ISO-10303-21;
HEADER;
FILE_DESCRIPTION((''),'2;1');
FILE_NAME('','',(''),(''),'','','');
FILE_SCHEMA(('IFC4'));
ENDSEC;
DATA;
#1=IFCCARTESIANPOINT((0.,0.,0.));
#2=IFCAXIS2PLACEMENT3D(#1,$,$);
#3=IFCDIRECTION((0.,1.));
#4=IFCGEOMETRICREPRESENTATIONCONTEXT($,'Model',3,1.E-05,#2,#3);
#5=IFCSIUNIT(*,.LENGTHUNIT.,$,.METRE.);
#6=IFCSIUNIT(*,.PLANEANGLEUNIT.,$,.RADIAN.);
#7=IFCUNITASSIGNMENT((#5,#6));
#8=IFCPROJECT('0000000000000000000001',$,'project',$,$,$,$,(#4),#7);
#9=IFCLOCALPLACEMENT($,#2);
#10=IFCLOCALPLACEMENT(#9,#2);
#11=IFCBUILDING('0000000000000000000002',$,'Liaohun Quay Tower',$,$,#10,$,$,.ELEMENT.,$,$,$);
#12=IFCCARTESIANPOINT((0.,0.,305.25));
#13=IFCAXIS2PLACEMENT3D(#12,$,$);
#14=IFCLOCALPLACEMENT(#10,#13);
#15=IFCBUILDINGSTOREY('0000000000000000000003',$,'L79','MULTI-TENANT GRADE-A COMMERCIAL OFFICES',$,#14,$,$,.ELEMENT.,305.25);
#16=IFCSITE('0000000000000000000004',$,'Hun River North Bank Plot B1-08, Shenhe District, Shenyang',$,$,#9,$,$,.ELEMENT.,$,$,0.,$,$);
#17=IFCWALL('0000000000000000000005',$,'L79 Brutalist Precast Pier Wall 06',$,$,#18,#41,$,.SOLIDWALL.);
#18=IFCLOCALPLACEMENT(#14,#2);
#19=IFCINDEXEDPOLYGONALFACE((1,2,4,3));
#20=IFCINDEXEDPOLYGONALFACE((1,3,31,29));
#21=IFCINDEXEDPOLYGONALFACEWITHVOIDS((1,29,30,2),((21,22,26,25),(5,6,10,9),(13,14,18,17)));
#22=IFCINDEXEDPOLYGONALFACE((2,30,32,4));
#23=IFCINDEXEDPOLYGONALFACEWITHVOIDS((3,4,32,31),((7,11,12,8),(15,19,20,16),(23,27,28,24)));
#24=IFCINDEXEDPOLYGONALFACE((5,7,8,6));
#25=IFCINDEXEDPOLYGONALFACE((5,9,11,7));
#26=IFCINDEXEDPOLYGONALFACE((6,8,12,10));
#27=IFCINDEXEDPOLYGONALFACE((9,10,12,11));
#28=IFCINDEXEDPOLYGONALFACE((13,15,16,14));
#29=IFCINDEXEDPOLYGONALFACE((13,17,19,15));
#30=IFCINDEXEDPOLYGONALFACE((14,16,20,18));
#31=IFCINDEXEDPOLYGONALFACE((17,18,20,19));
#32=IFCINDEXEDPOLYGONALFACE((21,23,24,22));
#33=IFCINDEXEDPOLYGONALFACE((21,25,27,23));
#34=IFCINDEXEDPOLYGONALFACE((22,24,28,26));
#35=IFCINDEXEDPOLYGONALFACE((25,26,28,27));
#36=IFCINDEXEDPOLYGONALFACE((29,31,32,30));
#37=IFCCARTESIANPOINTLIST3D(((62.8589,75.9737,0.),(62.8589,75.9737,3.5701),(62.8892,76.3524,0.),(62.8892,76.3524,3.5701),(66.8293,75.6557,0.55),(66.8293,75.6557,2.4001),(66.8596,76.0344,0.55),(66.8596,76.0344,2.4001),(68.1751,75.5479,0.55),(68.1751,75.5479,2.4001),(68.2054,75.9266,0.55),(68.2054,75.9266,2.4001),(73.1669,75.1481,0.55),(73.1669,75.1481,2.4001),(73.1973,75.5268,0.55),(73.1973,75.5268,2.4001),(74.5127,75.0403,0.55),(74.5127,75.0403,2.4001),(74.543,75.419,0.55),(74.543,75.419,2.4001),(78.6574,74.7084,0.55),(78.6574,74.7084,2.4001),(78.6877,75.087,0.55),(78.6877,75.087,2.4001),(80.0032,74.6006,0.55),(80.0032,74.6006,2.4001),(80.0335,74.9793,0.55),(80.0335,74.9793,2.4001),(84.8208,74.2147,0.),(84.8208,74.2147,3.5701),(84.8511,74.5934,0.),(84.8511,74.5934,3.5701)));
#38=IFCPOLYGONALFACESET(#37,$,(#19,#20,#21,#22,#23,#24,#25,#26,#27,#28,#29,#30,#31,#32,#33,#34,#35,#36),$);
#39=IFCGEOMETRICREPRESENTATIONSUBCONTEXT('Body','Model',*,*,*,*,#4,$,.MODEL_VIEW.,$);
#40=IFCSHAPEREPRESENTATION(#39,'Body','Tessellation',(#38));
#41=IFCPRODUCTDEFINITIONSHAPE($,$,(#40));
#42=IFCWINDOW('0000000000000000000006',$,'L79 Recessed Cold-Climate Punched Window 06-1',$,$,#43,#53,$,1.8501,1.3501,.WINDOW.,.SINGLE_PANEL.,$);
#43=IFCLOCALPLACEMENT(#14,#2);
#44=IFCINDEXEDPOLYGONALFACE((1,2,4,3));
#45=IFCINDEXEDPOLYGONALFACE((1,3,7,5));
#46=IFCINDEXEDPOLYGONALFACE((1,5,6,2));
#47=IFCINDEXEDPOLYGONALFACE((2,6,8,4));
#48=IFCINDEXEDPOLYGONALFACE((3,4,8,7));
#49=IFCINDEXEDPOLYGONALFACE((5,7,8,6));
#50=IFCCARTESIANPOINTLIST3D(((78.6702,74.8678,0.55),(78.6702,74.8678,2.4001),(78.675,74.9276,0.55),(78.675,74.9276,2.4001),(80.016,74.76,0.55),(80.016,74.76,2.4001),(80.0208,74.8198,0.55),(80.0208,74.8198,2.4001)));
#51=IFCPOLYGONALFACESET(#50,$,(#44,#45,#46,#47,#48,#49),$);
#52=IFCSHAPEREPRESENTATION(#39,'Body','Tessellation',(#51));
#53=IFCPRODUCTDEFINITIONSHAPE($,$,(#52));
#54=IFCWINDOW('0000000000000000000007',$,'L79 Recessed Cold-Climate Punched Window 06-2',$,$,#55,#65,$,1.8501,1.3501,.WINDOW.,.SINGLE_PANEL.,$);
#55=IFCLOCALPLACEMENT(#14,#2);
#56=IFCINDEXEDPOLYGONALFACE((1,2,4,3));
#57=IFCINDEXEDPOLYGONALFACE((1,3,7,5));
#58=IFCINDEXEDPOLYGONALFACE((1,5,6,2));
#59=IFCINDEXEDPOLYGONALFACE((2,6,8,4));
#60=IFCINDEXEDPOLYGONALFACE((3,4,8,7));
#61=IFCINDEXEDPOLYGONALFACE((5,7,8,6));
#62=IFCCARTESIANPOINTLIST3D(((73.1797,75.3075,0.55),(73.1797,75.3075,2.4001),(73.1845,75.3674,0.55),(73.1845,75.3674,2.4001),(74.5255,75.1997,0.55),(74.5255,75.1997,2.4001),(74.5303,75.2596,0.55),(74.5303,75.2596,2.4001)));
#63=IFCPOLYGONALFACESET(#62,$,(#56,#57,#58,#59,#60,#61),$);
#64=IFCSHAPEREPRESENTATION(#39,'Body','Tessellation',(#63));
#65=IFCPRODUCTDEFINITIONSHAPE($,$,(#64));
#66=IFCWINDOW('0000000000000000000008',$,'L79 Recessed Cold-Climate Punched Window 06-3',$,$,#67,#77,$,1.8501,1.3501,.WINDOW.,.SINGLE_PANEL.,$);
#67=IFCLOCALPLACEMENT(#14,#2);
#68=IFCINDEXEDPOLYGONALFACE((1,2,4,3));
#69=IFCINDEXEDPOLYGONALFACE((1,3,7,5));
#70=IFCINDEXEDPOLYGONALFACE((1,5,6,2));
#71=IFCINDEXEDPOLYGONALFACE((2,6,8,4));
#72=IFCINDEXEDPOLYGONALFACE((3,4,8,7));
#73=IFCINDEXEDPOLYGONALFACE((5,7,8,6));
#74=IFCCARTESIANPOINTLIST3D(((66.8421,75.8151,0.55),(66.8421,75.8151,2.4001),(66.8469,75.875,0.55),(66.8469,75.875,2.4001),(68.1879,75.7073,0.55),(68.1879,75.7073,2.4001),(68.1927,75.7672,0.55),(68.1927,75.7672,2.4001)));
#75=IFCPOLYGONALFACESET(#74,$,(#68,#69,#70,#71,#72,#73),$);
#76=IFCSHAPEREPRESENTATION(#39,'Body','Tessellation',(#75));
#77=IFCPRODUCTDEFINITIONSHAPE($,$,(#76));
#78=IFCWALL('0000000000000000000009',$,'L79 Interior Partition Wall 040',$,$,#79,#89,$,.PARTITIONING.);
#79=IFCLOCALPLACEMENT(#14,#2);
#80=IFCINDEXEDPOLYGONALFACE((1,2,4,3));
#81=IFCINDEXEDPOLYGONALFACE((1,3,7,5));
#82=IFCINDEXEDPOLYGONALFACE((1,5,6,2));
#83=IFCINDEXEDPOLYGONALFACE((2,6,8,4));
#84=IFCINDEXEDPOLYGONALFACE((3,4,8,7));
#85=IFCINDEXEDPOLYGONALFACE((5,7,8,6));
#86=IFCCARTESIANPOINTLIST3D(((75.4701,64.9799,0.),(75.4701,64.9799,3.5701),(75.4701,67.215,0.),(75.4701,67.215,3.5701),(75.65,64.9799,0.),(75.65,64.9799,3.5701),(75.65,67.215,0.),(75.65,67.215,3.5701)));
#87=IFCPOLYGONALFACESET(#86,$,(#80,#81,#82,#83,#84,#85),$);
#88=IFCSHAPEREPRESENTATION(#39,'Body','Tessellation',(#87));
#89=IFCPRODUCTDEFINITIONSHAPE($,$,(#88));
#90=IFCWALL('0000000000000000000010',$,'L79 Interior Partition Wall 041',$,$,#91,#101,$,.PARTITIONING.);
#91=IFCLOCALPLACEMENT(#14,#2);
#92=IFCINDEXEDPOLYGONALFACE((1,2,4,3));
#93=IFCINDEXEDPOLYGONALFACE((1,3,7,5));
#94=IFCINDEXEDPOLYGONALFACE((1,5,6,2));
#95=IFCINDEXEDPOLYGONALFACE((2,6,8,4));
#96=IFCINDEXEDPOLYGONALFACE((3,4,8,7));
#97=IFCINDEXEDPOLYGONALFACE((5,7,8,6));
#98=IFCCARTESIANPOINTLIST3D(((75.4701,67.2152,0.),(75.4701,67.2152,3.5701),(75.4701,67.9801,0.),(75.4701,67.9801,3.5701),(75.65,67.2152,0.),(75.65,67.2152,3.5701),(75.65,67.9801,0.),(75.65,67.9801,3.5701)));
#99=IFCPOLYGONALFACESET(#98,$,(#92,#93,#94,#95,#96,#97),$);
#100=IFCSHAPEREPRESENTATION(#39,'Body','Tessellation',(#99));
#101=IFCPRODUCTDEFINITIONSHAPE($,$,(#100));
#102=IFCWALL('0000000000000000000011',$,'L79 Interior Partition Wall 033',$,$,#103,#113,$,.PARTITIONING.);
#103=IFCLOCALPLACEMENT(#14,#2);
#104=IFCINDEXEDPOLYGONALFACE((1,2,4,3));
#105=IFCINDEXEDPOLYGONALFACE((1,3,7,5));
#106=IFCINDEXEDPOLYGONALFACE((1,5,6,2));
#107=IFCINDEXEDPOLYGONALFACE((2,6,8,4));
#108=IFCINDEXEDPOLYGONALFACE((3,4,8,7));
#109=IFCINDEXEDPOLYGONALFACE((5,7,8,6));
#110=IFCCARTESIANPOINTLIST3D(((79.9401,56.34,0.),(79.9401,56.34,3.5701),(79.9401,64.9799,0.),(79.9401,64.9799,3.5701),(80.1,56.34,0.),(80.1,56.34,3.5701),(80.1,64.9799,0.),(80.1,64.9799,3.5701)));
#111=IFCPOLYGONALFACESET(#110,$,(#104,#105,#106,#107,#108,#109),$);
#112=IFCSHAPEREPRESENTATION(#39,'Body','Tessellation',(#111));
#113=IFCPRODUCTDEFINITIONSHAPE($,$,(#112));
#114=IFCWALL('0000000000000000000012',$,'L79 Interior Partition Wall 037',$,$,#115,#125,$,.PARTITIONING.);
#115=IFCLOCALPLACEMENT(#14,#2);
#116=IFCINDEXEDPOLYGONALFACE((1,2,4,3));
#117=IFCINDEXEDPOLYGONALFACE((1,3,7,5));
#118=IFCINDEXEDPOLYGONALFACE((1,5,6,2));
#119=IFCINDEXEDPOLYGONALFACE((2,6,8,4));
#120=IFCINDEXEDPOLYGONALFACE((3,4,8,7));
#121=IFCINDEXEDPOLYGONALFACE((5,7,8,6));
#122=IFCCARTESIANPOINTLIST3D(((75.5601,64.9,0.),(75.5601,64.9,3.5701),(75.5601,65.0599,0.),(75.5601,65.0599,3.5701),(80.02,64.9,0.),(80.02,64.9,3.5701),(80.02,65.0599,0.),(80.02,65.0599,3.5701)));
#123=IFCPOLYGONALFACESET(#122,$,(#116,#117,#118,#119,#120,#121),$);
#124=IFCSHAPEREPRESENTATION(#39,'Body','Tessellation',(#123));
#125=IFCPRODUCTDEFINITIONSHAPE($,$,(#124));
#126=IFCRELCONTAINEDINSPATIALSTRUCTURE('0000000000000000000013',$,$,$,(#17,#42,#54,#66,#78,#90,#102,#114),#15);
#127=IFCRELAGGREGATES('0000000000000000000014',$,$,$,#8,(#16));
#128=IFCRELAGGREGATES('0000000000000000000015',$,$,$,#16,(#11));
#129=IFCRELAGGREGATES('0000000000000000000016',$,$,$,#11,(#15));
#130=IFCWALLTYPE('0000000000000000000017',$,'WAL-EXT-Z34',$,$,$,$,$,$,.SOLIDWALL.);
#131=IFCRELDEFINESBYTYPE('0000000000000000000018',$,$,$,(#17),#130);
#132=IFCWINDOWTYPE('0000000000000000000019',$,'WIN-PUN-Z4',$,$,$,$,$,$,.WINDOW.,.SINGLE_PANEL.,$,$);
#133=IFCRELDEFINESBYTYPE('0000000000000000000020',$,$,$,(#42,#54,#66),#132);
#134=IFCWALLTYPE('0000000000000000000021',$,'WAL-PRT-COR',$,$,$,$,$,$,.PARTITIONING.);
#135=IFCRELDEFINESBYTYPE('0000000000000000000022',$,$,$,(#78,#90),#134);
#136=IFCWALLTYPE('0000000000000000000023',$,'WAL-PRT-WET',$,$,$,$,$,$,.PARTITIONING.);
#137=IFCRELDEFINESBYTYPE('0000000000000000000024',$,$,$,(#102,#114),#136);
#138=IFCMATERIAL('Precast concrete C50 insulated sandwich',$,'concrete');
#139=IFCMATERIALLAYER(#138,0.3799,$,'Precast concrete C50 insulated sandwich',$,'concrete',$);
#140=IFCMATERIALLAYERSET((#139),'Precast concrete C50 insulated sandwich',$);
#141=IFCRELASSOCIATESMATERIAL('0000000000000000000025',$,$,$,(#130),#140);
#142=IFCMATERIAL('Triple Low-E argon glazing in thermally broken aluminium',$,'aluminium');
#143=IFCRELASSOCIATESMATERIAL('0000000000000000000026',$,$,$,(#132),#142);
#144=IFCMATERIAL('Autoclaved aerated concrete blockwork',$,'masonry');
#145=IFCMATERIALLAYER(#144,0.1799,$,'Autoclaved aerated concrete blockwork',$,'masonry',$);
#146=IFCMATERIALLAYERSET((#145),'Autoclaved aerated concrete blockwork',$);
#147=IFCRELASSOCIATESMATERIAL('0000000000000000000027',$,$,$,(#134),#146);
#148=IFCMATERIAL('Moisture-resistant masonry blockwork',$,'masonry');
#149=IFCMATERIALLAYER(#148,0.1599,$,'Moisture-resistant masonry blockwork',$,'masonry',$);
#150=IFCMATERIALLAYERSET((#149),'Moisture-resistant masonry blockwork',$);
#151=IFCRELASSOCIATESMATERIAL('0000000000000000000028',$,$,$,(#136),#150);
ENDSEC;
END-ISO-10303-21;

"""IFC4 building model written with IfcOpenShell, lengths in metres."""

from ifc_helpers import new_model, si_unit, direction, frame, frame_2d, origin, place, context, subcontext, project, spatial, rectangle, extrude, source, transform, mapped, material, layer, layer_set, type_object, element, fill, save


model = new_model("IFC4")

# Units and contexts
model_context = context("Model", 3, precision=1e-05, world=origin(), true_north=direction((0.0, 1.0)))
body_context = subcontext(model_context, "Body", "Model", "MODEL_VIEW")
ifc_project = project(units=[si_unit("LENGTHUNIT", "METRE"), si_unit("PLANEANGLEUNIT", "RADIAN")], contexts=[model_context])

# Site, building, storey
site_placement = place(None, origin())
site = spatial("IfcSite", under=ifc_project, at=site_placement, Name="Hun River North Bank Plot B1-08, Shenhe District, Shenyang", CompositionType="ELEMENT", RefElevation=0.0)
building_placement = place(site_placement, origin())
building = spatial("IfcBuilding", under=site, at=building_placement, Name="Liaohun Quay Tower", CompositionType="ELEMENT")
storey_placement = place(building_placement, frame((0.0, 0.0, 305.25)))
storey = spatial("IfcBuildingStorey", under=building, at=storey_placement, Name="L79", Description="MULTI-TENANT GRADE-A COMMERCIAL OFFICES", CompositionType="ELEMENT", Elevation=305.25)

# Shared definitions
ifc_material_1 = material(Name="Precast concrete C50 insulated sandwich", Category="concrete")
ifc_layer_1 = layer(ifc_material_1, 0.3799, Name="Precast concrete C50 insulated sandwich", Category="concrete")
ifc_layer_set_1 = layer_set([ifc_layer_1], Name="Precast concrete C50 insulated sandwich")
wall_type_1 = type_object("IfcWallType", Name="WAL-EXT-Z34", PredefinedType="SOLIDWALL", material=ifc_layer_set_1)

# Wall, openings, windows
wall_1_placement = place(storey_placement, frame((84.8359, 74.4041, 0.0), z_axis=(0.0, 0.0, 1.0), x_axis=(-0.996808, 0.079839, 0.0)))
wall_1 = element("IfcWall", 1, at=wall_1_placement, inside=storey, type_object=wall_type_1, Name="L79 Brutalist Precast Pier Wall 06", PredefinedType="SOLIDWALL", context=body_context, shape_type="SweptSolid", body=[
    extrude(rectangle(XDim=22.0322, YDim=0.3799, at=frame_2d((11.0161, 0.0))), origin(), (0.0, 0.0, 1.0), 3.5701),
])
shared_shape_1 = source(origin(), body_context, "Body", "SweptSolid", [
    extrude(rectangle(XDim=1.3501, YDim=1.8501, at=frame_2d((0.675, 0.925))), frame((0.0, 0.2, 0.0), z_axis=(0.0, -1.0, 0.0), x_axis=(1.0, 0.0, 0.0)), (0.0, 0.0, 1.0), 0.3999),
])
opening_1_placement = place(wall_1_placement, frame((4.833, 0.0, 0.55)))
opening_1 = element("IfcOpeningElement", 2, at=opening_1_placement, cuts=wall_1, PredefinedType="OPENING", context=body_context, shape_type="MappedRepresentation", body=[
    mapped(shared_shape_1, transform((0.0, 0.0, 0.0), x_axis=(1.0, 0.0, 0.0), y_axis=(0.0, 1.0, 0.0), z_axis=(0.0, 0.0, 1.0), scale=1.0)),
])
opening_2_placement = place(wall_1_placement, frame((10.3411, 0.0, 0.55)))
opening_2 = element("IfcOpeningElement", 3, at=opening_2_placement, cuts=wall_1, PredefinedType="OPENING", context=body_context, shape_type="MappedRepresentation", body=[
    mapped(shared_shape_1, transform((0.0, 0.0, 0.0), x_axis=(1.0, 0.0, 0.0), y_axis=(0.0, 1.0, 0.0), z_axis=(0.0, 0.0, 1.0), scale=1.0)),
])
opening_3_placement = place(wall_1_placement, frame((16.699, 0.0, 0.55)))
opening_3 = element("IfcOpeningElement", 4, at=opening_3_placement, cuts=wall_1, PredefinedType="OPENING", context=body_context, shape_type="MappedRepresentation", body=[
    mapped(shared_shape_1, transform((0.0, 0.0, 0.0), x_axis=(1.0, 0.0, 0.0), y_axis=(0.0, 1.0, 0.0), z_axis=(0.0, 0.0, 1.0), scale=1.0)),
])
ifc_material_2 = material(Name="Triple Low-E argon glazing in thermally broken aluminium", Category="aluminium")
window_type_1 = type_object("IfcWindowType", Name="WIN-PUN-Z4", PartitioningType="SINGLE_PANEL", PredefinedType="WINDOW", material=ifc_material_2)
shared_shape_2 = source(origin(), body_context, "Body", "SweptSolid", [
    extrude(rectangle(XDim=1.3501, YDim=1.8501, at=frame_2d((0.675, 0.925))), frame((0.0, 0.03, 0.0), z_axis=(0.0, -1.0, 0.0), x_axis=(1.0, 0.0, 0.0)), (0.0, 0.0, 1.0), 0.0601),
])
window_1_placement = place(opening_1_placement, origin())
window_1 = element("IfcWindow", 5, at=window_1_placement, inside=storey, type_object=window_type_1, Name="L79 Recessed Cold-Climate Punched Window 06-1", OverallHeight=1.8501, OverallWidth=1.3501, PartitioningType="SINGLE_PANEL", PredefinedType="WINDOW", context=body_context, shape_type="MappedRepresentation", body=[
    mapped(shared_shape_2, transform((0.0, 0.0, 0.0), x_axis=(1.0, 0.0, 0.0), y_axis=(0.0, 1.0, 0.0), z_axis=(0.0, 0.0, 1.0), scale=1.0)),
])
fill(opening_1, window_1)
window_2_placement = place(opening_2_placement, origin())
window_2 = element("IfcWindow", 6, at=window_2_placement, inside=storey, type_object=window_type_1, Name="L79 Recessed Cold-Climate Punched Window 06-2", OverallHeight=1.8501, OverallWidth=1.3501, PartitioningType="SINGLE_PANEL", PredefinedType="WINDOW", context=body_context, shape_type="MappedRepresentation", body=[
    mapped(shared_shape_2, transform((0.0, 0.0, 0.0), x_axis=(1.0, 0.0, 0.0), y_axis=(0.0, 1.0, 0.0), z_axis=(0.0, 0.0, 1.0), scale=1.0)),
])
fill(opening_2, window_2)
window_3_placement = place(opening_3_placement, origin())
window_3 = element("IfcWindow", 7, at=window_3_placement, inside=storey, type_object=window_type_1, Name="L79 Recessed Cold-Climate Punched Window 06-3", OverallHeight=1.8501, OverallWidth=1.3501, PartitioningType="SINGLE_PANEL", PredefinedType="WINDOW", context=body_context, shape_type="MappedRepresentation", body=[
    mapped(shared_shape_2, transform((0.0, 0.0, 0.0), x_axis=(1.0, 0.0, 0.0), y_axis=(0.0, 1.0, 0.0), z_axis=(0.0, 0.0, 1.0), scale=1.0)),
])
fill(opening_3, window_3)

# Walls
ifc_material_3 = material(Name="Autoclaved aerated concrete blockwork", Category="masonry")
ifc_layer_2 = layer(ifc_material_3, 0.1799, Name="Autoclaved aerated concrete blockwork", Category="masonry")
ifc_layer_set_2 = layer_set([ifc_layer_2], Name="Autoclaved aerated concrete blockwork")
wall_type_2 = type_object("IfcWallType", Name="WAL-PRT-COR", PredefinedType="PARTITIONING", material=ifc_layer_set_2)
wall_2_placement = place(storey_placement, frame((75.5601, 67.2151, 0.0), z_axis=(0.0, 0.0, 1.0), x_axis=(0.0, -1.0, 0.0)))
element("IfcWall", 8, at=wall_2_placement, inside=storey, type_object=wall_type_2, Name="L79 Interior Partition Wall 040", PredefinedType="PARTITIONING", context=body_context, shape_type="SweptSolid", body=[
    extrude(rectangle(XDim=2.2351, YDim=0.1799, at=frame_2d((1.1177, 0.0))), origin(), (0.0, 0.0, 1.0), 3.5701),
])
wall_3_placement = place(storey_placement, frame((75.5601, 67.98, 0.0), z_axis=(0.0, 0.0, 1.0), x_axis=(0.0, -1.0, 0.0)))
element("IfcWall", 9, at=wall_3_placement, inside=storey, type_object=wall_type_2, Name="L79 Interior Partition Wall 041", PredefinedType="PARTITIONING", context=body_context, shape_type="SweptSolid", body=[
    extrude(rectangle(XDim=0.7649, YDim=0.1799, at=frame_2d((0.3823, 0.0))), origin(), (0.0, 0.0, 1.0), 3.5701),
])
ifc_material_4 = material(Name="Moisture-resistant masonry blockwork", Category="masonry")
ifc_layer_3 = layer(ifc_material_4, 0.1599, Name="Moisture-resistant masonry blockwork", Category="masonry")
ifc_layer_set_3 = layer_set([ifc_layer_3], Name="Moisture-resistant masonry blockwork")
wall_type_3 = type_object("IfcWallType", Name="WAL-PRT-WET", PredefinedType="PARTITIONING", material=ifc_layer_set_3)
wall_4_placement = place(storey_placement, frame((80.02, 56.3401, 0.0), z_axis=(0.0, 0.0, 1.0), x_axis=(0.0, 1.0, 0.0)))
element("IfcWall", 10, at=wall_4_placement, inside=storey, type_object=wall_type_3, Name="L79 Interior Partition Wall 033", PredefinedType="PARTITIONING", context=body_context, shape_type="SweptSolid", body=[
    extrude(rectangle(XDim=8.6399, YDim=0.1599, at=frame_2d((4.3198, 0.0))), origin(), (0.0, 0.0, 1.0), 3.5701),
])
wall_5_placement = place(storey_placement, frame((75.5601, 64.98, 0.0), z_axis=(0.0, 0.0, 1.0), x_axis=(1.0, 0.0, 0.0)))
element("IfcWall", 11, at=wall_5_placement, inside=storey, type_object=wall_type_3, Name="L79 Interior Partition Wall 037", PredefinedType="PARTITIONING", context=body_context, shape_type="SweptSolid", body=[
    extrude(rectangle(XDim=4.46, YDim=0.1599, at=frame_2d((2.23, 0.0))), origin(), (0.0, 0.0, 1.0), 3.5701),
])

save(model, "model.ifc")
